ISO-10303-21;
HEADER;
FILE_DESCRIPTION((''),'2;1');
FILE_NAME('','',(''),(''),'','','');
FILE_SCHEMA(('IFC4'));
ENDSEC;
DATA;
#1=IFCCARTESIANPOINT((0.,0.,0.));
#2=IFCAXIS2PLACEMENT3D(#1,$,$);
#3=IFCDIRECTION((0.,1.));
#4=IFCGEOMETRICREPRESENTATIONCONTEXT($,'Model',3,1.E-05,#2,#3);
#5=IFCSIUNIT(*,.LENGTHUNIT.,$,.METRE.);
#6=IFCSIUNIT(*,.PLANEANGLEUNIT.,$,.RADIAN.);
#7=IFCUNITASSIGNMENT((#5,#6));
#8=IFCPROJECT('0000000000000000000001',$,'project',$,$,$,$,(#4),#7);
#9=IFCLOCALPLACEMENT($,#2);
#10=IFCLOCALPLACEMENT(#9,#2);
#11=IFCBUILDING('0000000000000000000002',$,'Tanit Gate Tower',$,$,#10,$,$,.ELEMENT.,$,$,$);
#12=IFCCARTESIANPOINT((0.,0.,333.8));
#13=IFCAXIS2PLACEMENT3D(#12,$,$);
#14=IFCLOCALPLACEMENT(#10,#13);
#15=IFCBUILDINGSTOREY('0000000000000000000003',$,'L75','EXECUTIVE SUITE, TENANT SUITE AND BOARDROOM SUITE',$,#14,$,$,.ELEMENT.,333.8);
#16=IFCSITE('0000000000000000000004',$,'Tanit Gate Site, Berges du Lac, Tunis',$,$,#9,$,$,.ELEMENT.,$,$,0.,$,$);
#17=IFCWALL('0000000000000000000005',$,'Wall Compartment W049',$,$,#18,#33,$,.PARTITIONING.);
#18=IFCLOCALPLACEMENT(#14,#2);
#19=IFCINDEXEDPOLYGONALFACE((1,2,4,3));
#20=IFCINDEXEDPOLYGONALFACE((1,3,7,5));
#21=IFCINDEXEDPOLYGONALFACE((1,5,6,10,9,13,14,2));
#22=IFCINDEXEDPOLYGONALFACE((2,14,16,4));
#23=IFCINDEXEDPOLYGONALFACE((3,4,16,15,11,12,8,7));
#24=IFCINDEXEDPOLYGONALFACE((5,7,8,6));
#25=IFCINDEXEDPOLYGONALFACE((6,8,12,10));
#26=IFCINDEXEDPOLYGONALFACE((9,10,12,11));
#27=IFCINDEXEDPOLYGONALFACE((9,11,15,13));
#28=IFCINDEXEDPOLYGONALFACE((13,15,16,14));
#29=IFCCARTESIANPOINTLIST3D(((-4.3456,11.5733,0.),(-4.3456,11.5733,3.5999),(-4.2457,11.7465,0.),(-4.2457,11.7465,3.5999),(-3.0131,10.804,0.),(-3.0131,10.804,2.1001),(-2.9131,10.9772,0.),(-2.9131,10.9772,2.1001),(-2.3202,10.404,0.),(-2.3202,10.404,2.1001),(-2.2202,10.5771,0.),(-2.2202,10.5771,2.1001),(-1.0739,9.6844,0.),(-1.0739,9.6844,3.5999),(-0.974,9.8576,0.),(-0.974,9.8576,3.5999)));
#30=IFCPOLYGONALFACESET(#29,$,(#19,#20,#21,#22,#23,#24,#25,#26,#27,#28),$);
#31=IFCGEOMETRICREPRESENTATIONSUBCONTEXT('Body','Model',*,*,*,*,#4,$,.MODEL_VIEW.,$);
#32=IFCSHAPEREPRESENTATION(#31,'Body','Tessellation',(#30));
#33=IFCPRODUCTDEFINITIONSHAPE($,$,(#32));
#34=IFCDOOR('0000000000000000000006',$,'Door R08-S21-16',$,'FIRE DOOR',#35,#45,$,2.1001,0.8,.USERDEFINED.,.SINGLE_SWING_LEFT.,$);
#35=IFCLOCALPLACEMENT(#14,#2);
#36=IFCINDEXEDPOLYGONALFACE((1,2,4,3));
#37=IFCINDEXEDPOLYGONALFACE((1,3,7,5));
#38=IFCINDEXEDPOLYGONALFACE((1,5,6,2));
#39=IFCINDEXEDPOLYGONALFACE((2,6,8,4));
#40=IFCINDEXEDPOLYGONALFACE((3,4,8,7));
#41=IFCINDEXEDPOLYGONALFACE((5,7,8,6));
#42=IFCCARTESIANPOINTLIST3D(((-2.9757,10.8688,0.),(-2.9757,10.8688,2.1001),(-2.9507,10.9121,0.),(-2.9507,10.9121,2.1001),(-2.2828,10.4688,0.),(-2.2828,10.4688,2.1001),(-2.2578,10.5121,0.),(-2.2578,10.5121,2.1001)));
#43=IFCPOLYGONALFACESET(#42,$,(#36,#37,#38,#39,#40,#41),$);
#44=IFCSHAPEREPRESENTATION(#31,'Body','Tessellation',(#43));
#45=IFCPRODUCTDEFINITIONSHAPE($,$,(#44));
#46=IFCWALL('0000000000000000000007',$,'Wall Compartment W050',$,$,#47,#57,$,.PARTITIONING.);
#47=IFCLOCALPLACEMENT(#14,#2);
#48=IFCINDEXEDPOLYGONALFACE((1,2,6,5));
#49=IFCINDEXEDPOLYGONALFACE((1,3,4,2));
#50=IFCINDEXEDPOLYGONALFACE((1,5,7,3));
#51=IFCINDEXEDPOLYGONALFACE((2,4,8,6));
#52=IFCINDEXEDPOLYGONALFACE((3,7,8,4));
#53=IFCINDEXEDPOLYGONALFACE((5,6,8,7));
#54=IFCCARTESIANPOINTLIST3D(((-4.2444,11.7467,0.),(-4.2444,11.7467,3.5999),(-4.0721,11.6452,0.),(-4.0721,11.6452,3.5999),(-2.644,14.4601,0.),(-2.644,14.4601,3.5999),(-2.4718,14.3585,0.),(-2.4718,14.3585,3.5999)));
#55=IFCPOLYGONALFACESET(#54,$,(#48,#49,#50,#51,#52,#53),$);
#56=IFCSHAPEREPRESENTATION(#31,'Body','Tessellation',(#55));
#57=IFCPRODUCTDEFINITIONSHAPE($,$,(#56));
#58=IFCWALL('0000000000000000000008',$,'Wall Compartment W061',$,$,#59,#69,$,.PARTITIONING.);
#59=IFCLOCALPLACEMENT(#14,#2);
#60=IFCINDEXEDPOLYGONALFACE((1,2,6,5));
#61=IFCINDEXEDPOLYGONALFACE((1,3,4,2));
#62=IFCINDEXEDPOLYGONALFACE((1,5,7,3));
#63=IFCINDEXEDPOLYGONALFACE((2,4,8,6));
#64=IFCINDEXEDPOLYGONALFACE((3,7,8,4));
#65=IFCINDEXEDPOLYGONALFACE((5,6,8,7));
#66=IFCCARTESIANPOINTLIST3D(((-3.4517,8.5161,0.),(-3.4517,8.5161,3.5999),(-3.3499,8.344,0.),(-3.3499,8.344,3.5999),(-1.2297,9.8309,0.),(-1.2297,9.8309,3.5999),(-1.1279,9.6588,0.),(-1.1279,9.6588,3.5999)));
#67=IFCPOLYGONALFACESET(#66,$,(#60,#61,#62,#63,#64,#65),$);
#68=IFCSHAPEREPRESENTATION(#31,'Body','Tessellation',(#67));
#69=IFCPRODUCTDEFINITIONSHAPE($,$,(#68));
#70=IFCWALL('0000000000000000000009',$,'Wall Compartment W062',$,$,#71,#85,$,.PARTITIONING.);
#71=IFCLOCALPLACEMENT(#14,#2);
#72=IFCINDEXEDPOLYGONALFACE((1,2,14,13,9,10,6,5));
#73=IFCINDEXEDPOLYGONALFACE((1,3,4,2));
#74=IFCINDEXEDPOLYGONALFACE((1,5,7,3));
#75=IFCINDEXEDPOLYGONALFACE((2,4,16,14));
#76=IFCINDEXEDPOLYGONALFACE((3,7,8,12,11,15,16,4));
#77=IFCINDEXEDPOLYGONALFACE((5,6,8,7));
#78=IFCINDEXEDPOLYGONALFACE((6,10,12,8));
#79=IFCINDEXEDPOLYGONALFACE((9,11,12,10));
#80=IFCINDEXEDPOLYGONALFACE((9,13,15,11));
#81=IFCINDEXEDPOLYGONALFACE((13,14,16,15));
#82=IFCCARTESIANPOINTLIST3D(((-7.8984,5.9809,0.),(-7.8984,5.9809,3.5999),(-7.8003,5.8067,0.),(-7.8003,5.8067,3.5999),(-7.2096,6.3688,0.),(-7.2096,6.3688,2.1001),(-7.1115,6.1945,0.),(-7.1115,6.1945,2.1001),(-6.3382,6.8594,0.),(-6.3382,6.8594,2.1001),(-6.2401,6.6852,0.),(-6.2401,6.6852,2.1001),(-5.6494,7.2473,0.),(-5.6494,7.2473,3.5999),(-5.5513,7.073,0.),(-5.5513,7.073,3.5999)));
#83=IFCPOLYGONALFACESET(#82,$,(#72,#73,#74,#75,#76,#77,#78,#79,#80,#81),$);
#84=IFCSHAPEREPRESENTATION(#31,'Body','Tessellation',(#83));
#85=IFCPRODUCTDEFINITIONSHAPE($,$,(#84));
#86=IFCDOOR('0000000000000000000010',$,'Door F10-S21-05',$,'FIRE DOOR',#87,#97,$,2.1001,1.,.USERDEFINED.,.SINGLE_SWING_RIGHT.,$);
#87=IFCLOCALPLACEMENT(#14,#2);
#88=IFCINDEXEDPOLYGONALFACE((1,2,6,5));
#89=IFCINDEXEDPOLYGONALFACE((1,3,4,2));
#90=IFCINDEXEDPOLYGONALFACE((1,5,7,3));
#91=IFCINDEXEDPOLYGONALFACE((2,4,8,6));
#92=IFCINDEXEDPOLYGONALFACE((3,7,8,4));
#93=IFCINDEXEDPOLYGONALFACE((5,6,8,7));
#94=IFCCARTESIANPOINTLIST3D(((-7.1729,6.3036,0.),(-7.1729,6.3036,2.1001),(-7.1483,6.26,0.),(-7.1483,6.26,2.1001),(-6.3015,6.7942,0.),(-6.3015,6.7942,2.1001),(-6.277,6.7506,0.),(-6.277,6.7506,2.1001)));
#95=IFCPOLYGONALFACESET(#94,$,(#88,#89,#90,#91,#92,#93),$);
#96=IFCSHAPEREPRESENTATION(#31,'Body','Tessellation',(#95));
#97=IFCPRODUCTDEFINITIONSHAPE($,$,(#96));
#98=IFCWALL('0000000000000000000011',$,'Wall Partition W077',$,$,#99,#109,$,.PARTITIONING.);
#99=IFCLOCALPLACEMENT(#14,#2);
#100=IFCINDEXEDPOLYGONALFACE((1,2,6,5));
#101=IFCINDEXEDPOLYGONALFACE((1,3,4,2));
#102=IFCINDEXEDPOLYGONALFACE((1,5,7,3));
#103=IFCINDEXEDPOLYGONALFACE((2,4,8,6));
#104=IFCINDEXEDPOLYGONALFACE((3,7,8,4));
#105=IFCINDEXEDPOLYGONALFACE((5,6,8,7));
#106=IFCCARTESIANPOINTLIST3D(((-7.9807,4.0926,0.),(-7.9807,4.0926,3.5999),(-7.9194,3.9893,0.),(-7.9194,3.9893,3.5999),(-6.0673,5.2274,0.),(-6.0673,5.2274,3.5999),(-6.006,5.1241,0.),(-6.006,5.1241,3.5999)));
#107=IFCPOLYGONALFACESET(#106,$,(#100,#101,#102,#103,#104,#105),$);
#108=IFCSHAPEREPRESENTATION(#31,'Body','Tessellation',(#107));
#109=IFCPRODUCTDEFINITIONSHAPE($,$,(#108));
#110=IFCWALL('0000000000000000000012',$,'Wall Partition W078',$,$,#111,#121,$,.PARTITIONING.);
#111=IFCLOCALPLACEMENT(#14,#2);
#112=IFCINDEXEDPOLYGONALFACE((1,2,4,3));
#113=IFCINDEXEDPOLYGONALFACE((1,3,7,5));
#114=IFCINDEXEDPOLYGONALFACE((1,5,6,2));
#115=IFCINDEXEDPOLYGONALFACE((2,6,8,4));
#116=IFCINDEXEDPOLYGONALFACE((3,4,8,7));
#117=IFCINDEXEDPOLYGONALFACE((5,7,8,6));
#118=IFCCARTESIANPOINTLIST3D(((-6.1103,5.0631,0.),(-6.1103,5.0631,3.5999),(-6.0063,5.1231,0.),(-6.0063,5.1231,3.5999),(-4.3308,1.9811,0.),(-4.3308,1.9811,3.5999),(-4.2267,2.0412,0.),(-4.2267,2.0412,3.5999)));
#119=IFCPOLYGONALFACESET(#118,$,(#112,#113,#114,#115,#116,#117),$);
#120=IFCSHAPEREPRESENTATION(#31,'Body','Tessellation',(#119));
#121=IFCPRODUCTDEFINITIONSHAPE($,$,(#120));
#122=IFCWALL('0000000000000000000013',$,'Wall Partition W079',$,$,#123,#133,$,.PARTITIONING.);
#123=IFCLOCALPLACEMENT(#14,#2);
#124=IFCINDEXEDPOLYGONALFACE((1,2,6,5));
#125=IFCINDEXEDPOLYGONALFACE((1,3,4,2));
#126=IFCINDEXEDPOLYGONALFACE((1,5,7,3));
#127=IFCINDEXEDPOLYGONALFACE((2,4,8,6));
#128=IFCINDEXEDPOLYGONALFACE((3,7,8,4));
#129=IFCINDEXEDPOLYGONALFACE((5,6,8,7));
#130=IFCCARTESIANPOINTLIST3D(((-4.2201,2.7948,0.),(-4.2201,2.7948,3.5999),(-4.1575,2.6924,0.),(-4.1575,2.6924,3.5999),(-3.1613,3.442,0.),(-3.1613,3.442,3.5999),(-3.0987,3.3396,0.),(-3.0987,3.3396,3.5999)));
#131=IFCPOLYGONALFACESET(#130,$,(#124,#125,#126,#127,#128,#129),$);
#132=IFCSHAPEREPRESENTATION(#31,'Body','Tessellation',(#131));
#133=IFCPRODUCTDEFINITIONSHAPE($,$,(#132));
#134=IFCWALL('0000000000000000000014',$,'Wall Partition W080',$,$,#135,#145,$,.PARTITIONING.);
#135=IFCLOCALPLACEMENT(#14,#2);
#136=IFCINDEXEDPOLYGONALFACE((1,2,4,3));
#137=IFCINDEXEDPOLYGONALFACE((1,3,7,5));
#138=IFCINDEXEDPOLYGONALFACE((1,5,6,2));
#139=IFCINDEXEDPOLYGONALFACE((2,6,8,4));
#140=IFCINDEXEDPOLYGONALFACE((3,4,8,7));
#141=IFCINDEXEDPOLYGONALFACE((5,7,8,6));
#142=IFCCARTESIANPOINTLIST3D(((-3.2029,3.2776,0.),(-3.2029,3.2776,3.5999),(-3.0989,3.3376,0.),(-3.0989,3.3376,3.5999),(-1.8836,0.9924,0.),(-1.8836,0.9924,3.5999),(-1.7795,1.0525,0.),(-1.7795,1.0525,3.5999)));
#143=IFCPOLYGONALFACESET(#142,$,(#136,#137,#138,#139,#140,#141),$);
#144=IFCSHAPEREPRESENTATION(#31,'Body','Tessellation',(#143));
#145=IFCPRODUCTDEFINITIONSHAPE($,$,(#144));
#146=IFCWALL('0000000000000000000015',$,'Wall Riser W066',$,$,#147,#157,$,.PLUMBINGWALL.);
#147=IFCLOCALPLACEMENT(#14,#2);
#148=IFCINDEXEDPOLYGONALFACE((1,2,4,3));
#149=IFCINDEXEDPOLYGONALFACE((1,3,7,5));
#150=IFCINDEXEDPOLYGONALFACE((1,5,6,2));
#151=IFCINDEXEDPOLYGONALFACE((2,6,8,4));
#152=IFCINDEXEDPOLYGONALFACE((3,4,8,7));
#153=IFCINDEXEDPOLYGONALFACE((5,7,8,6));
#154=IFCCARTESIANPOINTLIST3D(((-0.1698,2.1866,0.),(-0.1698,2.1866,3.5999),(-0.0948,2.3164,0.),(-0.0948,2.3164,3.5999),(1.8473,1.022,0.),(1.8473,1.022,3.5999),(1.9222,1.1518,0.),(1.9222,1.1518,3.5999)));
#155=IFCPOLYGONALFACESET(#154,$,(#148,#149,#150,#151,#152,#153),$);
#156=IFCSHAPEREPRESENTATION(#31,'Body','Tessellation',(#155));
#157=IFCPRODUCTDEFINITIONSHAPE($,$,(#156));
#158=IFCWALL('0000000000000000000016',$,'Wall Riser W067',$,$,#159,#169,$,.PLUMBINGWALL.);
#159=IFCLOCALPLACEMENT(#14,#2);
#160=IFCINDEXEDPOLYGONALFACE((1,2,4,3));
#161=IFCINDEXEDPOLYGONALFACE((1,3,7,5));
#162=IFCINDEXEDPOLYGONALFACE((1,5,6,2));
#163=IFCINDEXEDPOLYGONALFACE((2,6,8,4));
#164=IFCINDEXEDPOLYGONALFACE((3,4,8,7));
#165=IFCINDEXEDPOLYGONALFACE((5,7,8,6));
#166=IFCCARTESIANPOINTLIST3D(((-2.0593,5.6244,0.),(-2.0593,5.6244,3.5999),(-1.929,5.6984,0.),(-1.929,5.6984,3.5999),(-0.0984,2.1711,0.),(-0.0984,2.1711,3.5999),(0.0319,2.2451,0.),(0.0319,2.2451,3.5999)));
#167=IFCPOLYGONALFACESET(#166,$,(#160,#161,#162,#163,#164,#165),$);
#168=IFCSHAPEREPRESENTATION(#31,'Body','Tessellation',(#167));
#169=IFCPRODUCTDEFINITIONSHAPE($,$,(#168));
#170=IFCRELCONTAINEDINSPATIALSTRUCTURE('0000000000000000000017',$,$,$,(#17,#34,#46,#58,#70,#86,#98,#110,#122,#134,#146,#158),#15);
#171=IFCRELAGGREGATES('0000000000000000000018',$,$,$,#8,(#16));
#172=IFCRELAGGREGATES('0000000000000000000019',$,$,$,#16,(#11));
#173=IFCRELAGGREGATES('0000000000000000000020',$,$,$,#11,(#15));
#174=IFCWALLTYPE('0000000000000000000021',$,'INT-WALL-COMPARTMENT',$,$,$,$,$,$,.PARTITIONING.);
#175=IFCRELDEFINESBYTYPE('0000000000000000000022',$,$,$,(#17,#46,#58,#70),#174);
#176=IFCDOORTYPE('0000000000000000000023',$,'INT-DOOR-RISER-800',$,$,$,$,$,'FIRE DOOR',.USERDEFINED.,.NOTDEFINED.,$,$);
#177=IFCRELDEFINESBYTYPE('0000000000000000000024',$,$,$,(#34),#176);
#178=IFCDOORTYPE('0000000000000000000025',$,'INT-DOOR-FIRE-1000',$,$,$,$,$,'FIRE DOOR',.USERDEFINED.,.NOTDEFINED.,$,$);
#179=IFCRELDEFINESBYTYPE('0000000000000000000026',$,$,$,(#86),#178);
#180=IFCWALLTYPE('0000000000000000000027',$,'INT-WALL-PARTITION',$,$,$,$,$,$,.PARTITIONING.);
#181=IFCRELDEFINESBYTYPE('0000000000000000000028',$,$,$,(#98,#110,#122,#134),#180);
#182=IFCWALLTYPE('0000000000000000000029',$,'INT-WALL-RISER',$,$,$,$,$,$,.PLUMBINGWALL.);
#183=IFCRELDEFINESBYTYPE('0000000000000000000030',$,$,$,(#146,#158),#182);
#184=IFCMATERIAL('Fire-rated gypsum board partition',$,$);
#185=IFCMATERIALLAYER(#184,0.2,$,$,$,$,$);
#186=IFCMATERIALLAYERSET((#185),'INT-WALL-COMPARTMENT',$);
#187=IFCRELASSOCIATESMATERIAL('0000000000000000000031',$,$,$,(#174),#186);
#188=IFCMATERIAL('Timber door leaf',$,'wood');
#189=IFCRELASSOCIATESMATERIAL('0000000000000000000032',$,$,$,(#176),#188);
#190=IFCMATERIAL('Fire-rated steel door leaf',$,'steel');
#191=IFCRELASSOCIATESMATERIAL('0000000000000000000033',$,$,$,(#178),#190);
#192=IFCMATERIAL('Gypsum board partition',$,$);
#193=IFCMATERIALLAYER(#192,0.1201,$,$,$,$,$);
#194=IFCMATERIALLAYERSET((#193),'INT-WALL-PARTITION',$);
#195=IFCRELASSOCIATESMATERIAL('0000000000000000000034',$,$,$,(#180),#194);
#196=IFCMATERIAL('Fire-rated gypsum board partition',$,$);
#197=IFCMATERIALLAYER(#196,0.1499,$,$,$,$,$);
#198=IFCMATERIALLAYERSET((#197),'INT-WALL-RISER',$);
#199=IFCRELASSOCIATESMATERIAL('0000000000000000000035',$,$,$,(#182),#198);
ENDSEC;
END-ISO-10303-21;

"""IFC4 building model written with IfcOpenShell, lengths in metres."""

from ifc_helpers import new_model, si_unit, direction, frame, frame_2d, origin, place, context, subcontext, project, spatial, rectangle, extrude, material, layer, layer_set, type_object, element, fill, save


model = new_model("IFC4")

# Units and contexts
model_context = context("Model", 3, precision=1e-05, world=origin(), true_north=direction((0.0, 1.0)))
body_context = subcontext(model_context, "Body", "Model", "MODEL_VIEW")
ifc_project = project(units=[si_unit("LENGTHUNIT", "METRE"), si_unit("PLANEANGLEUNIT", "RADIAN")], contexts=[model_context])

# Site, building, storey
site_placement = place(None, origin())
site = spatial("IfcSite", under=ifc_project, at=site_placement, Name="Tanit Gate Site, Berges du Lac, Tunis", CompositionType="ELEMENT", RefElevation=0.0)
building_placement = place(site_placement, origin())
building = spatial("IfcBuilding", under=site, at=building_placement, Name="Tanit Gate Tower", CompositionType="ELEMENT")
storey_placement = place(building_placement, frame((0.0, 0.0, 333.8)))
storey = spatial("IfcBuildingStorey", under=building, at=storey_placement, Name="L75", Description="EXECUTIVE SUITE, TENANT SUITE AND BOARDROOM SUITE", CompositionType="ELEMENT", Elevation=333.8)

# Wall, opening, door
ifc_material_1 = material(Name="Fire-rated gypsum board partition")
ifc_layer_1 = layer(ifc_material_1, 0.2)
ifc_layer_set_1 = layer_set([ifc_layer_1], Name="INT-WALL-COMPARTMENT")
wall_type_1 = type_object("IfcWallType", Name="INT-WALL-COMPARTMENT", PredefinedType="PARTITIONING", material=ifc_layer_set_1)
wall_1_placement = place(storey_placement, frame((-4.2957, 11.6599, 0.0), z_axis=(0.0, 0.0, 1.0), x_axis=(0.866027, -0.499997, 0.0)))
wall_1 = element("IfcWall", 1, at=wall_1_placement, inside=storey, type_object=wall_type_1, Name="Wall Compartment W049", PredefinedType="PARTITIONING", context=body_context, shape_type="SweptSolid", body=[
    extrude(rectangle(XDim=3.7778, YDim=0.2, at=frame_2d((1.8889, 0.0))), origin(), (0.0, 0.0, 1.0), 3.5999),
])
opening_1_placement = place(wall_1_placement, frame((1.5388, 0.0, 0.0)))
opening_1 = element("IfcOpeningElement", 2, at=opening_1_placement, cuts=wall_1, PredefinedType="OPENING", context=body_context, shape_type="SweptSolid", body=[
    extrude(rectangle(XDim=0.8, YDim=2.1001, at=frame_2d((0.3999, 1.05))), frame((0.0, 0.1099, 0.0), z_axis=(0.0, -1.0, 0.0), x_axis=(1.0, 0.0, 0.0)), (0.0, 0.0, 1.0), 0.22),
])
ifc_material_2 = material(Name="Timber door leaf", Category="wood")
door_type_1 = type_object("IfcDoorType", Name="INT-DOOR-RISER-800", ElementType="FIRE DOOR", OperationType="NOTDEFINED", PredefinedType="USERDEFINED", material=ifc_material_2)
door_1_placement = place(opening_1_placement, origin())
door_1 = element("IfcDoor", 3, at=door_1_placement, inside=storey, type_object=door_type_1, Name="Door R08-S21-16", ObjectType="FIRE DOOR", OperationType="SINGLE_SWING_LEFT", OverallHeight=2.1001, OverallWidth=0.8, PredefinedType="USERDEFINED", context=body_context, shape_type="SweptSolid", body=[
    extrude(rectangle(XDim=0.8, YDim=2.1001, at=frame_2d((0.3999, 1.05))), frame((0.0, 0.0249, 0.0), z_axis=(0.0, -1.0, 0.0), x_axis=(1.0, 0.0, 0.0)), (0.0, 0.0, 1.0), 0.05),
])
fill(opening_1, door_1)

# Walls
wall_2_placement = place(storey_placement, frame((-2.5579, 14.4094, 0.0), z_axis=(0.0, 0.0, 1.0), x_axis=(-0.508019, -0.861346, 0.0)))
element("IfcWall", 4, at=wall_2_placement, inside=storey, type_object=wall_type_1, Name="Wall Compartment W050", PredefinedType="PARTITIONING", context=body_context, shape_type="SweptSolid", body=[
    extrude(rectangle(XDim=3.1501, YDim=0.2, at=frame_2d((1.5752, 0.0))), origin(), (0.0, 0.0, 1.0), 3.5999),
])
wall_3_placement = place(storey_placement, frame((-1.1787, 9.7449, 0.0), z_axis=(0.0, 0.0, 1.0), x_axis=(-0.860631, -0.509229, 0.0)))
element("IfcWall", 5, at=wall_3_placement, inside=storey, type_object=wall_type_1, Name="Wall Compartment W061", PredefinedType="PARTITIONING", context=body_context, shape_type="SweptSolid", body=[
    extrude(rectangle(XDim=2.5818, YDim=0.2, at=frame_2d((1.291, 0.0))), origin(), (0.0, 0.0, 1.0), 3.5999),
])

# Wall, opening, door
wall_4_placement = place(storey_placement, frame((-5.6003, 7.1602, 0.0), z_axis=(0.0, 0.0, 1.0), x_axis=(-0.871363, -0.490638, 0.0)))
wall_4 = element("IfcWall", 6, at=wall_4_placement, inside=storey, type_object=wall_type_1, Name="Wall Compartment W062", PredefinedType="PARTITIONING", context=body_context, shape_type="SweptSolid", body=[
    extrude(rectangle(XDim=2.5811, YDim=0.2, at=frame_2d((1.2905, 0.0))), origin(), (0.0, 0.0, 1.0), 3.5999),
])
opening_2_placement = place(wall_4_placement, frame((0.7905, 0.0, 0.0)))
opening_2 = element("IfcOpeningElement", 7, at=opening_2_placement, cuts=wall_4, PredefinedType="OPENING", context=body_context, shape_type="SweptSolid", body=[
    extrude(rectangle(XDim=1.0, YDim=2.1001, at=frame_2d((0.5, 1.05))), frame((0.0, 0.1099, 0.0), z_axis=(0.0, -1.0, 0.0), x_axis=(1.0, 0.0, 0.0)), (0.0, 0.0, 1.0), 0.22),
])
ifc_material_3 = material(Name="Fire-rated steel door leaf", Category="steel")
door_type_2 = type_object("IfcDoorType", Name="INT-DOOR-FIRE-1000", ElementType="FIRE DOOR", OperationType="NOTDEFINED", PredefinedType="USERDEFINED", material=ifc_material_3)
door_2_placement = place(opening_2_placement, origin())
door_2 = element("IfcDoor", 8, at=door_2_placement, inside=storey, type_object=door_type_2, Name="Door F10-S21-05", ObjectType="FIRE DOOR", OperationType="SINGLE_SWING_RIGHT", OverallHeight=2.1001, OverallWidth=1.0, PredefinedType="USERDEFINED", context=body_context, shape_type="SweptSolid", body=[
    extrude(rectangle(XDim=1.0, YDim=2.1001, at=frame_2d((0.5, 1.05))), frame((0.0, 0.0249, 0.0), z_axis=(0.0, -1.0, 0.0), x_axis=(1.0, 0.0, 0.0)), (0.0, 0.0, 1.0), 0.05),
])
fill(opening_2, door_2)

# Walls
ifc_material_4 = material(Name="Gypsum board partition")
ifc_layer_2 = layer(ifc_material_4, 0.1201)
ifc_layer_set_2 = layer_set([ifc_layer_2], Name="INT-WALL-PARTITION")
wall_type_2 = type_object("IfcWallType", Name="INT-WALL-PARTITION", PredefinedType="PARTITIONING", material=ifc_layer_set_2)
wall_5_placement = place(storey_placement, frame((-6.0366, 5.1758, 0.0), z_axis=(0.0, 0.0, 1.0), x_axis=(-0.860106, -0.510115, 0.0)))
element("IfcWall", 9, at=wall_5_placement, inside=storey, type_object=wall_type_2, Name="Wall Partition W077", PredefinedType="PARTITIONING", context=body_context, shape_type="SweptSolid", body=[
    extrude(rectangle(XDim=2.2246, YDim=0.1201, at=frame_2d((1.1123, 0.0))), origin(), (0.0, 0.0, 1.0), 3.5999),
])
wall_6_placement = place(storey_placement, frame((-4.2788, 2.0112, 0.0), z_axis=(0.0, 0.0, 1.0), x_axis=(-0.500027, 0.86601, 0.0)))
element("IfcWall", 10, at=wall_6_placement, inside=storey, type_object=wall_type_2, Name="Wall Partition W078", PredefinedType="PARTITIONING", context=body_context, shape_type="SweptSolid", body=[
    extrude(rectangle(XDim=3.5588, YDim=0.1201, at=frame_2d((1.7793, 0.0))), origin(), (0.0, 0.0, 1.0), 3.5999),
])
wall_7_placement = place(storey_placement, frame((-3.1299, 3.3909, 0.0), z_axis=(0.0, 0.0, 1.0), x_axis=(-0.853228, -0.521538, 0.0)))
element("IfcWall", 11, at=wall_7_placement, inside=storey, type_object=wall_type_2, Name="Wall Partition W079", PredefinedType="PARTITIONING", context=body_context, shape_type="SweptSolid", body=[
    extrude(rectangle(XDim=1.241, YDim=0.1201, at=frame_2d((0.6206, 0.0))), origin(), (0.0, 0.0, 1.0), 3.5999),
])
wall_8_placement = place(storey_placement, frame((-1.8315, 1.0225, 0.0), z_axis=(0.0, 0.0, 1.0), x_axis=(-0.5, 0.866025, 0.0)))
element("IfcWall", 12, at=wall_8_placement, inside=storey, type_object=wall_type_2, Name="Wall Partition W080", PredefinedType="PARTITIONING", context=body_context, shape_type="SweptSolid", body=[
    extrude(rectangle(XDim=2.6387, YDim=0.1201, at=frame_2d((1.3193, 0.0))), origin(), (0.0, 0.0, 1.0), 3.5999),
])
ifc_material_5 = material(Name="Fire-rated gypsum board partition")
ifc_layer_3 = layer(ifc_material_5, 0.1499)
ifc_layer_set_3 = layer_set([ifc_layer_3], Name="INT-WALL-RISER")
wall_type_3 = type_object("IfcWallType", Name="INT-WALL-RISER", PredefinedType="PLUMBINGWALL", material=ifc_layer_set_3)
wall_9_placement = place(storey_placement, frame((-0.1323, 2.2515, 0.0), z_axis=(0.0, 0.0, 1.0), x_axis=(0.866028, -0.499995, 0.0)))
element("IfcWall", 13, at=wall_9_placement, inside=storey, type_object=wall_type_3, Name="Wall Riser W066", PredefinedType="PLUMBINGWALL", context=body_context, shape_type="SweptSolid", body=[
    extrude(rectangle(XDim=2.3291, YDim=0.1499, at=frame_2d((1.1646, 0.0))), origin(), (0.0, 0.0, 1.0), 3.5999),
])
wall_10_placement = place(storey_placement, frame((-1.9941, 5.6614, 0.0), z_axis=(0.0, 0.0, 1.0), x_axis=(0.49378, -0.869587, 0.0)))
element("IfcWall", 14, at=wall_10_placement, inside=storey, type_object=wall_type_3, Name="Wall Riser W067", PredefinedType="PLUMBINGWALL", context=body_context, shape_type="SweptSolid", body=[
    extrude(rectangle(XDim=3.9712, YDim=0.1499, at=frame_2d((1.9856, 0.0))), origin(), (0.0, 0.0, 1.0), 3.5999),
])

save(model, "model.ifc")
